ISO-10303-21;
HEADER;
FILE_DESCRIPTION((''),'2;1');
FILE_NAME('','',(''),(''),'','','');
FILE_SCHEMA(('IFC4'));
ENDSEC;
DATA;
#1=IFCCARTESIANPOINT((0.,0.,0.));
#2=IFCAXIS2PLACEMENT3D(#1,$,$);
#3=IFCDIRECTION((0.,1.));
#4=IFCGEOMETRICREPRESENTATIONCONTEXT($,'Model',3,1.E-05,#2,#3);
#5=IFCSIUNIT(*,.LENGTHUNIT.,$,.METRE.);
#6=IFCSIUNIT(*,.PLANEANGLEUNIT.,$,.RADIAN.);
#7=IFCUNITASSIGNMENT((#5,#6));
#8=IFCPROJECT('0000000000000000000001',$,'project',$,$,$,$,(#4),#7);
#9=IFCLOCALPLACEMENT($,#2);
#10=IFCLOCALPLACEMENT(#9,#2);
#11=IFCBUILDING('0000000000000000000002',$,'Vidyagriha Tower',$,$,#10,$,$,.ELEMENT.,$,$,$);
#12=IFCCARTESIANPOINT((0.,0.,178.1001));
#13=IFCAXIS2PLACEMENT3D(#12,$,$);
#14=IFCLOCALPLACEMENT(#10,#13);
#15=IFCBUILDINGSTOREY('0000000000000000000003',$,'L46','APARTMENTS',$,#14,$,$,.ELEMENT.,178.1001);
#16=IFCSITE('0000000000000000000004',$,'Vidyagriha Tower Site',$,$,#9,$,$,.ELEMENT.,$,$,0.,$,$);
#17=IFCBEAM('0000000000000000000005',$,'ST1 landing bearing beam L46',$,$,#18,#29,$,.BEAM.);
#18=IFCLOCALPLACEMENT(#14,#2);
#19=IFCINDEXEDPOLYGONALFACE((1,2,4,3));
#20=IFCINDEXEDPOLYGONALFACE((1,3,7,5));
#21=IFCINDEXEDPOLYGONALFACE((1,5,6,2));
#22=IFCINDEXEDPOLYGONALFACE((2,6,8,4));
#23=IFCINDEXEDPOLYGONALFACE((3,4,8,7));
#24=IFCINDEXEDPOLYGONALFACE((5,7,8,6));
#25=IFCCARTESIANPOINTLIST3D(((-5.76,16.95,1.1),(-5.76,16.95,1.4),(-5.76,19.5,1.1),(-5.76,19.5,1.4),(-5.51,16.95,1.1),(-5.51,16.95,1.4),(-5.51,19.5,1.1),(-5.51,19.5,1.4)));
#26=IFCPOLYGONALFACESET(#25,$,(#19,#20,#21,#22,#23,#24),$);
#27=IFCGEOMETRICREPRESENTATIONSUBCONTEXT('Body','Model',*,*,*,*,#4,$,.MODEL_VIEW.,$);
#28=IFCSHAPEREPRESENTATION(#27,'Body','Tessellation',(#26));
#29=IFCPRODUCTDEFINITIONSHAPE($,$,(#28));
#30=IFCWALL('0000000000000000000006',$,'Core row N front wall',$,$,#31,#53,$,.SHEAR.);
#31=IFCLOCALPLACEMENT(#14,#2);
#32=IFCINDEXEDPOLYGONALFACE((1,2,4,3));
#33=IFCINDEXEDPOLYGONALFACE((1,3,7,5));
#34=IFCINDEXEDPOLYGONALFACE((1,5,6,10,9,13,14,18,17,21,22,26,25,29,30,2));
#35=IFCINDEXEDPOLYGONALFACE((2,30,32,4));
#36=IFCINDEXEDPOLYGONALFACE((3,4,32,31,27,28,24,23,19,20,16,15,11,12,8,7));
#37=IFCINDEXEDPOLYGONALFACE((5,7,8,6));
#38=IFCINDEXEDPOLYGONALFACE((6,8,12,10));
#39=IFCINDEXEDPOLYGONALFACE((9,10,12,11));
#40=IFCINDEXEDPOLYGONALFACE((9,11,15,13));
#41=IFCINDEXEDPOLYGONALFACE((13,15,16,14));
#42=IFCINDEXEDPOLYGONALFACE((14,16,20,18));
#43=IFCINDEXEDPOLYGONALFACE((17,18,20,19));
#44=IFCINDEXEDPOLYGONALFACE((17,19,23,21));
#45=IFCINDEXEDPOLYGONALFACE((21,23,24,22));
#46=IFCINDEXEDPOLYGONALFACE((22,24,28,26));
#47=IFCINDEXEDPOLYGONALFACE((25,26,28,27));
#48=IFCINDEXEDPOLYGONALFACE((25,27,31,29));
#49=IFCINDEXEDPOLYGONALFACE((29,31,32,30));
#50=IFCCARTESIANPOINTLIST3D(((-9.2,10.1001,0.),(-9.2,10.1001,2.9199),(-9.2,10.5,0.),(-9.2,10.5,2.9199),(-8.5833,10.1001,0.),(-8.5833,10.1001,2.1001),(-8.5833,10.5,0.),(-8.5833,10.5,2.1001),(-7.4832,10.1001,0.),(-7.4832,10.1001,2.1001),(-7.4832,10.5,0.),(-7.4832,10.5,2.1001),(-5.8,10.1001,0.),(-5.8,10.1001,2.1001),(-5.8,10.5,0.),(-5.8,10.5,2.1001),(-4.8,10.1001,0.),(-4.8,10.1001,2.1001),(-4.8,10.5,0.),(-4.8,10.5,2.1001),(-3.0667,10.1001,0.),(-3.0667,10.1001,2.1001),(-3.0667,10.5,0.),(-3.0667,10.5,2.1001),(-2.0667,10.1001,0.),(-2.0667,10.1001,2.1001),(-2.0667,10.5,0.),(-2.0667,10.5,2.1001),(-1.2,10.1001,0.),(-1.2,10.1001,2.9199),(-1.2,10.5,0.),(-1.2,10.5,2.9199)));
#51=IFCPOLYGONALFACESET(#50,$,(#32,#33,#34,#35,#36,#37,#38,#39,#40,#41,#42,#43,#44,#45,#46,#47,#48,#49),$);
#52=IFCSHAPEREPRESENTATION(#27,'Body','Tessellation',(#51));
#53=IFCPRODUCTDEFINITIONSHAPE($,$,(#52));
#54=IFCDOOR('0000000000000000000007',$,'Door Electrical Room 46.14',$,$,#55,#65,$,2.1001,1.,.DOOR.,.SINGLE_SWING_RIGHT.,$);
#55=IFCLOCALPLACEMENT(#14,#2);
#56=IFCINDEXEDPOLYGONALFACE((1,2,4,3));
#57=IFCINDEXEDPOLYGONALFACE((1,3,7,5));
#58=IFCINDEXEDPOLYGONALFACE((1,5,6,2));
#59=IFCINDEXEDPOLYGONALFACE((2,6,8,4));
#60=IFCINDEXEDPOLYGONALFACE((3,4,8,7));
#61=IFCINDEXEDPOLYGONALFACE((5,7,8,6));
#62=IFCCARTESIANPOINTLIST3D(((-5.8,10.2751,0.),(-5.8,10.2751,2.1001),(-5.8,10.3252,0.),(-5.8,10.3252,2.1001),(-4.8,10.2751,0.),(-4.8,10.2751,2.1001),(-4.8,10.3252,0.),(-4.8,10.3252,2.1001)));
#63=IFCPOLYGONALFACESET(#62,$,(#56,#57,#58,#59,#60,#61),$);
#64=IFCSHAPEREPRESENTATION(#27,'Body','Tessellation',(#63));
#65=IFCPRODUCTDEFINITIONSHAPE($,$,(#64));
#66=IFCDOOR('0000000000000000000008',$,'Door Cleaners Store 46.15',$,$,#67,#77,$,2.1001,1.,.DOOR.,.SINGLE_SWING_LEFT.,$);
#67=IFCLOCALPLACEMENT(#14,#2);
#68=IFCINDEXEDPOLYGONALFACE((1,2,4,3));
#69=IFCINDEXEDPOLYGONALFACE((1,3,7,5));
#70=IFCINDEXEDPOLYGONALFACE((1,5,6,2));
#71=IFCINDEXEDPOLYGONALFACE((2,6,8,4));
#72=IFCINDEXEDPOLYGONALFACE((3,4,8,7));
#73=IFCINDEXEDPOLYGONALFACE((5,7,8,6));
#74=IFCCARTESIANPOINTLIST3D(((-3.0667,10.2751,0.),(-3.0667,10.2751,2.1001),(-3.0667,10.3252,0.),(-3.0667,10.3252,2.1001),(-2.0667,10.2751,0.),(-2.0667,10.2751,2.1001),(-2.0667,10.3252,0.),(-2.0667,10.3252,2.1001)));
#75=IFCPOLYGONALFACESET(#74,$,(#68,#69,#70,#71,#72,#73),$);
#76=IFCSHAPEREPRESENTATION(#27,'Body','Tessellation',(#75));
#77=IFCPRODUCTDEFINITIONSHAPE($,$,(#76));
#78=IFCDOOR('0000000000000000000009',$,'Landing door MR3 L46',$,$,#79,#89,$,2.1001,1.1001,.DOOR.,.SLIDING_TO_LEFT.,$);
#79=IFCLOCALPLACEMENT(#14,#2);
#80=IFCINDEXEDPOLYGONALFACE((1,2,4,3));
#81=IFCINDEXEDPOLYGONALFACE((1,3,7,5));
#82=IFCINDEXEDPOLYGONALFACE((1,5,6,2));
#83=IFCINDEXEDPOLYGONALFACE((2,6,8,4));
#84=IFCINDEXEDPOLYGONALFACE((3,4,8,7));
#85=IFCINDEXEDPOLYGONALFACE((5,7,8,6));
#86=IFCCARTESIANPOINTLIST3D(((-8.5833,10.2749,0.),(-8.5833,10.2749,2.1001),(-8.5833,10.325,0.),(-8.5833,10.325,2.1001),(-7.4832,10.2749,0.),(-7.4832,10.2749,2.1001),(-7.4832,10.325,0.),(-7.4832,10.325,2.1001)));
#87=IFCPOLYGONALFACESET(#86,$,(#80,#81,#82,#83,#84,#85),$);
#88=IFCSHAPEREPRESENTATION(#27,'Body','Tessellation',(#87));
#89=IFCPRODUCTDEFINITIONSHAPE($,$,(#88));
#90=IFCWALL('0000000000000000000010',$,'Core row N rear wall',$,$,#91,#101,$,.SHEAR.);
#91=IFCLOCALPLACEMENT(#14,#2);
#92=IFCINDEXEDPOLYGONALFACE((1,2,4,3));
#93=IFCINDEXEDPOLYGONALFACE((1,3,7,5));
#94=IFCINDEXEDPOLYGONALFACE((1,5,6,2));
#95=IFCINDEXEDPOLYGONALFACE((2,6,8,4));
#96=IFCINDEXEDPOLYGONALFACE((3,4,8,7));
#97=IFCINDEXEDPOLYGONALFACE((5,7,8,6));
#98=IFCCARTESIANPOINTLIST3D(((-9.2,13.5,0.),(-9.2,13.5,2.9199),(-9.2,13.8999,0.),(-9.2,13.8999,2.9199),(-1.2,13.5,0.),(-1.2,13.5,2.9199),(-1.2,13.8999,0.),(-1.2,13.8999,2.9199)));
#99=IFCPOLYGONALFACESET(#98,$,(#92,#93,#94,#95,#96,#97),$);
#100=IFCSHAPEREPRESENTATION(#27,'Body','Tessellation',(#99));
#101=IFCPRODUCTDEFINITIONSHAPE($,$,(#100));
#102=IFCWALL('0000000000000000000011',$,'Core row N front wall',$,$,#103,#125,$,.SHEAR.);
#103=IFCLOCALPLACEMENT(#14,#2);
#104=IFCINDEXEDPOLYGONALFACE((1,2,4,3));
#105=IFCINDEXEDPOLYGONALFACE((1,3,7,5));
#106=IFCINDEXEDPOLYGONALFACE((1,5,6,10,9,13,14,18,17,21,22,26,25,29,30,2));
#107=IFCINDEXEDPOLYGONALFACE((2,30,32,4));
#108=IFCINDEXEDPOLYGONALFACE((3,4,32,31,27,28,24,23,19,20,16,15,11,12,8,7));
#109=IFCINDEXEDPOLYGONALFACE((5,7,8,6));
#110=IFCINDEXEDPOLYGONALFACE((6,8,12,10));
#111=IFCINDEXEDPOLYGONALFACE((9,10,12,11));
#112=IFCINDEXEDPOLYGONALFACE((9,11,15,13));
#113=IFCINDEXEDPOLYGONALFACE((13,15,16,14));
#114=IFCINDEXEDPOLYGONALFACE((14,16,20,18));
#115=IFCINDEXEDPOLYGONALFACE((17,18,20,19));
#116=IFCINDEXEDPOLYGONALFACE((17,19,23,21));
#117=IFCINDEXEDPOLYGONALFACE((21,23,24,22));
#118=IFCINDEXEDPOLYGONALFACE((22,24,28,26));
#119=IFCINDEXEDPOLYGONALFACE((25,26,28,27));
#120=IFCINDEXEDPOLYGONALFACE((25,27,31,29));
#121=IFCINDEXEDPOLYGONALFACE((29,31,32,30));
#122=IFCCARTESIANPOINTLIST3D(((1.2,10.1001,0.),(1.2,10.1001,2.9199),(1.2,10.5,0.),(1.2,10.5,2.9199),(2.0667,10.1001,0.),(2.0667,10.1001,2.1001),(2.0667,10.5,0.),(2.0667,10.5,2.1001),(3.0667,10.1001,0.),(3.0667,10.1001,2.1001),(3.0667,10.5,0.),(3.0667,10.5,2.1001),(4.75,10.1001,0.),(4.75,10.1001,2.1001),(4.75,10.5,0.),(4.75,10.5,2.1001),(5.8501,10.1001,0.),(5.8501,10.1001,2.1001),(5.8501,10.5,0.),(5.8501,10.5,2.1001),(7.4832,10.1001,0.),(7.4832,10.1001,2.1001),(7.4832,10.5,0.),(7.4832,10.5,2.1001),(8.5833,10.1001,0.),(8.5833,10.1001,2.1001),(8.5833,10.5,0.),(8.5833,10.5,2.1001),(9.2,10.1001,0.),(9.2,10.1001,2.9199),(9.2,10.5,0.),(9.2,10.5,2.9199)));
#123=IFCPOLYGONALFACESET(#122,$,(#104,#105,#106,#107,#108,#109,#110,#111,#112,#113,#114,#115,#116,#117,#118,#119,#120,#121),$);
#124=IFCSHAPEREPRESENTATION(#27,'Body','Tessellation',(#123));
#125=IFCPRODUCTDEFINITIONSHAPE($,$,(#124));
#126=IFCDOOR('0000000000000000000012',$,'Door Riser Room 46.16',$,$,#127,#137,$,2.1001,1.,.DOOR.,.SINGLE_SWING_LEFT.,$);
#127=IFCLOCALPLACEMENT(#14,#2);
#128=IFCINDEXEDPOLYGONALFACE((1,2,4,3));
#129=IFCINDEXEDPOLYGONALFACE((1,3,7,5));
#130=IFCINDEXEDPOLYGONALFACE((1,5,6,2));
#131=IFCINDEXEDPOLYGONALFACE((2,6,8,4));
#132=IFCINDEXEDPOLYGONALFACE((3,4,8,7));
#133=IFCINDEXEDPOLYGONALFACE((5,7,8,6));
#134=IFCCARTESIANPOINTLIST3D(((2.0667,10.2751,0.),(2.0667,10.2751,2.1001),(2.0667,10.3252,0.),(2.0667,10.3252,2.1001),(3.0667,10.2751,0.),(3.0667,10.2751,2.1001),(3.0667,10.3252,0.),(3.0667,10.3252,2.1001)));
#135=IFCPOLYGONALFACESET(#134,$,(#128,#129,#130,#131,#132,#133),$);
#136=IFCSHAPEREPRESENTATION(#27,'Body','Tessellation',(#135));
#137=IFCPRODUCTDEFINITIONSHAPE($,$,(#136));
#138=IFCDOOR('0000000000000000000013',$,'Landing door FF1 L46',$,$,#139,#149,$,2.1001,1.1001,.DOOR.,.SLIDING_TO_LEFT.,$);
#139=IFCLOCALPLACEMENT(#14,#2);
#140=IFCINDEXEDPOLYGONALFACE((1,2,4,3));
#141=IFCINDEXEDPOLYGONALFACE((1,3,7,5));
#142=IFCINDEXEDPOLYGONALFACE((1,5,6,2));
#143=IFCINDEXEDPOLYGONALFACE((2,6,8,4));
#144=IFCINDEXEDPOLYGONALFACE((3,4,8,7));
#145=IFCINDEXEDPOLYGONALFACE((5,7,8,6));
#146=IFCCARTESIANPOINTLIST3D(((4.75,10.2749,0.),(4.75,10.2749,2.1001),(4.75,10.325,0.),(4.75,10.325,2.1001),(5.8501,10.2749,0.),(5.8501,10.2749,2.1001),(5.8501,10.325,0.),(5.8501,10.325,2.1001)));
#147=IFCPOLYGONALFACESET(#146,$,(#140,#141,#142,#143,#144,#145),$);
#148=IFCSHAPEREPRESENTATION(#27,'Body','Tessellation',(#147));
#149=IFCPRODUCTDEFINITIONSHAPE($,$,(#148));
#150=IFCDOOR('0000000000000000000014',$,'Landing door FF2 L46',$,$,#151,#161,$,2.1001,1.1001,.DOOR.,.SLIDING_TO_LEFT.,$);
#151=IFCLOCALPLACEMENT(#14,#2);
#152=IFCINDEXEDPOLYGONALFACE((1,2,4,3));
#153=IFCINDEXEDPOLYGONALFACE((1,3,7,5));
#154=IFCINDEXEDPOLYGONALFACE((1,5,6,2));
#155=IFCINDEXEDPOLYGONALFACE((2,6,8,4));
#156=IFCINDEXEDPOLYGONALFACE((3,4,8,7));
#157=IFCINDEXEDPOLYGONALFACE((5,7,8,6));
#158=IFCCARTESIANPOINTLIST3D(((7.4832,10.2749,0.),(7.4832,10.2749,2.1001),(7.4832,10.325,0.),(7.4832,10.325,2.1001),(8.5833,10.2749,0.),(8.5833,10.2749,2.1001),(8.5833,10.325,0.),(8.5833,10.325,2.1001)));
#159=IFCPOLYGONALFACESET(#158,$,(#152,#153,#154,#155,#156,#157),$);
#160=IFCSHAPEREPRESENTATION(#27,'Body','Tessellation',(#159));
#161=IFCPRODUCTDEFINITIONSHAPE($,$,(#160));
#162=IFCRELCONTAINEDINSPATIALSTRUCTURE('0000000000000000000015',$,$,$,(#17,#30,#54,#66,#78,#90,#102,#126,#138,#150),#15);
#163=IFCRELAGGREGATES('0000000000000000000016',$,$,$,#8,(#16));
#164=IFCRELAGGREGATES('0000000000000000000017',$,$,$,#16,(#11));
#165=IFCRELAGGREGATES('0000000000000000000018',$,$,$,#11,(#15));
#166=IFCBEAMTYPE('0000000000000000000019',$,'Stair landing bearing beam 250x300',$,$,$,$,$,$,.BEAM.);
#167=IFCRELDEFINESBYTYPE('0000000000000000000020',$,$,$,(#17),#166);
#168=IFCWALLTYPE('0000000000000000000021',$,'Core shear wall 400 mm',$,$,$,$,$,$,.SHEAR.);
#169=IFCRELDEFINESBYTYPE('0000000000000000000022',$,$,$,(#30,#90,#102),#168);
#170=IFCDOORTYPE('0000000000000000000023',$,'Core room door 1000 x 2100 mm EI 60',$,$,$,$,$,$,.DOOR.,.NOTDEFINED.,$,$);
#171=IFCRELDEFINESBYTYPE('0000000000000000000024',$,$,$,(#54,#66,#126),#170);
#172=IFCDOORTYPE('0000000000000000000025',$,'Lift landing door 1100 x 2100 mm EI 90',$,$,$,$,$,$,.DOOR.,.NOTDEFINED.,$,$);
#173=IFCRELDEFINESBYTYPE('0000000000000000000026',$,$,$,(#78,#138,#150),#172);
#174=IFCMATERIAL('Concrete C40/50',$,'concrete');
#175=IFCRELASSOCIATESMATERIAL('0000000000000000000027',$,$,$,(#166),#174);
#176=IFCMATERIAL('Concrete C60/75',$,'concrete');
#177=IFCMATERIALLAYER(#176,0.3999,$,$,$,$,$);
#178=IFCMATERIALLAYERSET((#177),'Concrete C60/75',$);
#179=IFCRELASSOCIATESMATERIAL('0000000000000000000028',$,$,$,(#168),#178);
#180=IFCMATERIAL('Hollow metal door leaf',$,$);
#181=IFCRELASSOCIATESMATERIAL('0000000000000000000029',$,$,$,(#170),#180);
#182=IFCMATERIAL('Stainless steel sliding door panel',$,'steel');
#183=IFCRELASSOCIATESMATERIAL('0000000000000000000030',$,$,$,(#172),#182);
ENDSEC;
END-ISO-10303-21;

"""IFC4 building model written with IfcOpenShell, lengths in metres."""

from ifc_helpers import new_model, si_unit, direction, frame, frame_2d, origin, origin_2d, place, context, subcontext, project, spatial, rectangle, extrude, material, layer, layer_set, material_profile, profile_set, type_object, element, fill, save


model = new_model("IFC4")

# Units and contexts
model_context = context("Model", 3, precision=1e-05, world=origin(), true_north=direction((0.0, 1.0)))
body_context = subcontext(model_context, "Body", "Model", "MODEL_VIEW")
ifc_project = project(units=[si_unit("LENGTHUNIT", "METRE"), si_unit("PLANEANGLEUNIT", "RADIAN")], contexts=[model_context])

# Site, building, storey
site_placement = place(None, origin())
site = spatial("IfcSite", under=ifc_project, at=site_placement, Name="Vidyagriha Tower Site", CompositionType="ELEMENT", RefElevation=0.0)
building_placement = place(site_placement, origin())
building = spatial("IfcBuilding", under=site, at=building_placement, Name="Vidyagriha Tower", CompositionType="ELEMENT")
storey_placement = place(building_placement, frame((0.0, 0.0, 178.1001)))
storey = spatial("IfcBuildingStorey", under=building, at=storey_placement, Name="L46", Description="APARTMENTS", CompositionType="ELEMENT", Elevation=178.1001)

# Beam
ifc_material_1 = material(Name="Concrete C40/50", Category="concrete")
ifc_material_profile = material_profile(ifc_material_1, rectangle(XDim=0.25, YDim=0.3, at=origin_2d()), Name="Stair landing bearing beam 250x300")
ifc_profile_set = profile_set([ifc_material_profile], Name="Concrete C40/50")
beam_type = type_object("IfcBeamType", Name="Stair landing bearing beam 250x300", PredefinedType="BEAM", material=ifc_profile_set)
beam_placement = place(storey_placement, frame((-5.635, 16.95, 1.25), z_axis=(0.0, 1.0, 0.0), x_axis=(-1.0, 0.0, 0.0)))
element("IfcBeam", 1, at=beam_placement, inside=storey, type_object=beam_type, Name="ST1 landing bearing beam L46", PredefinedType="BEAM", context=body_context, shape_type="SweptSolid", body=[
    extrude(rectangle(XDim=0.25, YDim=0.3, at=origin_2d()), origin(), (0.0, 0.0, 1.0), 2.55),
])

# Wall, openings, doors
ifc_material_2 = material(Name="Concrete C60/75", Category="concrete")
ifc_layer_1 = layer(ifc_material_2, 0.3999)
ifc_layer_set_1 = layer_set([ifc_layer_1], Name="Concrete C60/75")
wall_type_1 = type_object("IfcWallType", Name="Core shear wall 400 mm", PredefinedType="SHEAR", material=ifc_layer_set_1)
wall_1_placement = place(storey_placement, frame((-9.2, 10.3, 0.0)))
wall_1 = element("IfcWall", 2, at=wall_1_placement, inside=storey, type_object=wall_type_1, Name="Core row N front wall", PredefinedType="SHEAR", context=body_context, shape_type="SweptSolid", body=[
    extrude(rectangle(XDim=8.0, YDim=0.3999, at=frame_2d((4.0, 0.0))), origin(), (0.0, 0.0, 1.0), 2.9199),
])
opening_1_placement = place(wall_1_placement, frame((0.6167, 0.0, 0.0)))
opening_1 = element("IfcOpeningElement", 3, at=opening_1_placement, cuts=wall_1, PredefinedType="OPENING", context=body_context, shape_type="SweptSolid", body=[
    extrude(rectangle(XDim=1.1001, YDim=2.1001, at=frame_2d((0.55, 1.05))), frame((0.0, 0.21, 0.0), z_axis=(0.0, -1.0, 0.0), x_axis=(1.0, 0.0, 0.0)), (0.0, 0.0, 1.0), 0.4199),
])
opening_2_placement = place(wall_1_placement, frame((3.3999, 0.0, 0.0)))
opening_2 = element("IfcOpeningElement", 4, at=opening_2_placement, cuts=wall_1, PredefinedType="OPENING", context=body_context, shape_type="SweptSolid", body=[
    extrude(rectangle(XDim=1.0, YDim=2.1001, at=frame_2d((0.5, 1.05))), frame((0.0, 0.21, 0.0), z_axis=(0.0, -1.0, 0.0), x_axis=(1.0, 0.0, 0.0)), (0.0, 0.0, 1.0), 0.4199),
])
opening_3_placement = place(wall_1_placement, frame((6.1333, 0.0, 0.0)))
opening_3 = element("IfcOpeningElement", 5, at=opening_3_placement, cuts=wall_1, PredefinedType="OPENING", context=body_context, shape_type="SweptSolid", body=[
    extrude(rectangle(XDim=1.0, YDim=2.1001, at=frame_2d((0.5, 1.05))), frame((0.0, 0.21, 0.0), z_axis=(0.0, -1.0, 0.0), x_axis=(1.0, 0.0, 0.0)), (0.0, 0.0, 1.0), 0.4199),
])
ifc_material_3 = material(Name="Hollow metal door leaf")
door_type_1 = type_object("IfcDoorType", Name="Core room door 1000 x 2100 mm EI 60", OperationType="NOTDEFINED", PredefinedType="DOOR", material=ifc_material_3)
door_1_placement = place(opening_2_placement, frame((1.0, 0.0, 0.0), z_axis=(0.0, 0.0, 1.0), x_axis=(-1.0, 0.0, 0.0)))
door_1 = element("IfcDoor", 6, at=door_1_placement, inside=storey, type_object=door_type_1, Name="Door Electrical Room 46.14", OperationType="SINGLE_SWING_RIGHT", OverallHeight=2.1001, OverallWidth=1.0, PredefinedType="DOOR", context=body_context, shape_type="SweptSolid", body=[
    extrude(rectangle(XDim=1.0, YDim=2.1001, at=frame_2d((0.5, 1.05))), frame((0.0, 0.0249, 0.0), z_axis=(0.0, -1.0, 0.0), x_axis=(1.0, 0.0, 0.0)), (0.0, 0.0, 1.0), 0.05),
])
fill(opening_2, door_1)
door_2_placement = place(opening_3_placement, frame((1.0, 0.0, 0.0), z_axis=(0.0, 0.0, 1.0), x_axis=(-1.0, 0.0, 0.0)))
door_2 = element("IfcDoor", 7, at=door_2_placement, inside=storey, type_object=door_type_1, Name="Door Cleaners Store 46.15", OperationType="SINGLE_SWING_LEFT", OverallHeight=2.1001, OverallWidth=1.0, PredefinedType="DOOR", context=body_context, shape_type="SweptSolid", body=[
    extrude(rectangle(XDim=1.0, YDim=2.1001, at=frame_2d((0.5, 1.05))), frame((0.0, 0.0249, 0.0), z_axis=(0.0, -1.0, 0.0), x_axis=(1.0, 0.0, 0.0)), (0.0, 0.0, 1.0), 0.05),
])
fill(opening_3, door_2)
ifc_material_4 = material(Name="Stainless steel sliding door panel", Category="steel")
door_type_2 = type_object("IfcDoorType", Name="Lift landing door 1100 x 2100 mm EI 90", OperationType="NOTDEFINED", PredefinedType="DOOR", material=ifc_material_4)
door_3_placement = place(opening_1_placement, origin())
door_3 = element("IfcDoor", 8, at=door_3_placement, inside=storey, type_object=door_type_2, Name="Landing door MR3 L46", OperationType="SLIDING_TO_LEFT", OverallHeight=2.1001, OverallWidth=1.1001, PredefinedType="DOOR", context=body_context, shape_type="SweptSolid", body=[
    extrude(rectangle(XDim=1.1001, YDim=2.1001, at=frame_2d((0.55, 1.05))), frame((0.0, 0.0249, 0.0), z_axis=(0.0, -1.0, 0.0), x_axis=(1.0, 0.0, 0.0)), (0.0, 0.0, 1.0), 0.05),
])
fill(opening_1, door_3)

# Wall
wall_2_placement = place(storey_placement, frame((-9.2, 13.7, 0.0)))
element("IfcWall", 9, at=wall_2_placement, inside=storey, type_object=wall_type_1, Name="Core row N rear wall", PredefinedType="SHEAR", context=body_context, shape_type="SweptSolid", body=[
    extrude(rectangle(XDim=8.0, YDim=0.3999, at=frame_2d((4.0, 0.0))), origin(), (0.0, 0.0, 1.0), 2.9199),
])

# Wall, openings, doors
wall_3_placement = place(storey_placement, frame((1.2, 10.3, 0.0)))
wall_3 = element("IfcWall", 10, at=wall_3_placement, inside=storey, type_object=wall_type_1, Name="Core row N front wall", PredefinedType="SHEAR", context=body_context, shape_type="SweptSolid", body=[
    extrude(rectangle(XDim=8.0, YDim=0.3999, at=frame_2d((4.0, 0.0))), origin(), (0.0, 0.0, 1.0), 2.9199),
])
opening_4_placement = place(wall_3_placement, frame((3.55, 0.0, 0.0)))
opening_4 = element("IfcOpeningElement", 11, at=opening_4_placement, cuts=wall_3, PredefinedType="OPENING", context=body_context, shape_type="SweptSolid", body=[
    extrude(rectangle(XDim=1.1001, YDim=2.1001, at=frame_2d((0.55, 1.05))), frame((0.0, 0.21, 0.0), z_axis=(0.0, -1.0, 0.0), x_axis=(1.0, 0.0, 0.0)), (0.0, 0.0, 1.0), 0.4199),
])
opening_5_placement = place(wall_3_placement, frame((6.2832, 0.0, 0.0)))
opening_5 = element("IfcOpeningElement", 12, at=opening_5_placement, cuts=wall_3, PredefinedType="OPENING", context=body_context, shape_type="SweptSolid", body=[
    extrude(rectangle(XDim=1.1001, YDim=2.1001, at=frame_2d((0.55, 1.05))), frame((0.0, 0.21, 0.0), z_axis=(0.0, -1.0, 0.0), x_axis=(1.0, 0.0, 0.0)), (0.0, 0.0, 1.0), 0.4199),
])
opening_6_placement = place(wall_3_placement, frame((0.8667, 0.0, 0.0)))
opening_6 = element("IfcOpeningElement", 13, at=opening_6_placement, cuts=wall_3, PredefinedType="OPENING", context=body_context, shape_type="SweptSolid", body=[
    extrude(rectangle(XDim=1.0, YDim=2.1001, at=frame_2d((0.5, 1.05))), frame((0.0, 0.21, 0.0), z_axis=(0.0, -1.0, 0.0), x_axis=(1.0, 0.0, 0.0)), (0.0, 0.0, 1.0), 0.4199),
])
door_4_placement = place(opening_6_placement, frame((1.0, 0.0, 0.0), z_axis=(0.0, 0.0, 1.0), x_axis=(-1.0, 0.0, 0.0)))
door_4 = element("IfcDoor", 14, at=door_4_placement, inside=storey, type_object=door_type_1, Name="Door Riser Room 46.16", OperationType="SINGLE_SWING_LEFT", OverallHeight=2.1001, OverallWidth=1.0, PredefinedType="DOOR", context=body_context, shape_type="SweptSolid", body=[
    extrude(rectangle(XDim=1.0, YDim=2.1001, at=frame_2d((0.5, 1.05))), frame((0.0, 0.0249, 0.0), z_axis=(0.0, -1.0, 0.0), x_axis=(1.0, 0.0, 0.0)), (0.0, 0.0, 1.0), 0.05),
])
fill(opening_6, door_4)
door_5_placement = place(opening_4_placement, origin())
door_5 = element("IfcDoor", 15, at=door_5_placement, inside=storey, type_object=door_type_2, Name="Landing door FF1 L46", OperationType="SLIDING_TO_LEFT", OverallHeight=2.1001, OverallWidth=1.1001, PredefinedType="DOOR", context=body_context, shape_type="SweptSolid", body=[
    extrude(rectangle(XDim=1.1001, YDim=2.1001, at=frame_2d((0.55, 1.05))), frame((0.0, 0.0249, 0.0), z_axis=(0.0, -1.0, 0.0), x_axis=(1.0, 0.0, 0.0)), (0.0, 0.0, 1.0), 0.05),
])
fill(opening_4, door_5)
door_6_placement = place(opening_5_placement, origin())
door_6 = element("IfcDoor", 16, at=door_6_placement, inside=storey, type_object=door_type_2, Name="Landing door FF2 L46", OperationType="SLIDING_TO_LEFT", OverallHeight=2.1001, OverallWidth=1.1001, PredefinedType="DOOR", context=body_context, shape_type="SweptSolid", body=[
    extrude(rectangle(XDim=1.1001, YDim=2.1001, at=frame_2d((0.55, 1.05))), frame((0.0, 0.0249, 0.0), z_axis=(0.0, -1.0, 0.0), x_axis=(1.0, 0.0, 0.0)), (0.0, 0.0, 1.0), 0.05),
])
fill(opening_5, door_6)

save(model, "model.ifc")
